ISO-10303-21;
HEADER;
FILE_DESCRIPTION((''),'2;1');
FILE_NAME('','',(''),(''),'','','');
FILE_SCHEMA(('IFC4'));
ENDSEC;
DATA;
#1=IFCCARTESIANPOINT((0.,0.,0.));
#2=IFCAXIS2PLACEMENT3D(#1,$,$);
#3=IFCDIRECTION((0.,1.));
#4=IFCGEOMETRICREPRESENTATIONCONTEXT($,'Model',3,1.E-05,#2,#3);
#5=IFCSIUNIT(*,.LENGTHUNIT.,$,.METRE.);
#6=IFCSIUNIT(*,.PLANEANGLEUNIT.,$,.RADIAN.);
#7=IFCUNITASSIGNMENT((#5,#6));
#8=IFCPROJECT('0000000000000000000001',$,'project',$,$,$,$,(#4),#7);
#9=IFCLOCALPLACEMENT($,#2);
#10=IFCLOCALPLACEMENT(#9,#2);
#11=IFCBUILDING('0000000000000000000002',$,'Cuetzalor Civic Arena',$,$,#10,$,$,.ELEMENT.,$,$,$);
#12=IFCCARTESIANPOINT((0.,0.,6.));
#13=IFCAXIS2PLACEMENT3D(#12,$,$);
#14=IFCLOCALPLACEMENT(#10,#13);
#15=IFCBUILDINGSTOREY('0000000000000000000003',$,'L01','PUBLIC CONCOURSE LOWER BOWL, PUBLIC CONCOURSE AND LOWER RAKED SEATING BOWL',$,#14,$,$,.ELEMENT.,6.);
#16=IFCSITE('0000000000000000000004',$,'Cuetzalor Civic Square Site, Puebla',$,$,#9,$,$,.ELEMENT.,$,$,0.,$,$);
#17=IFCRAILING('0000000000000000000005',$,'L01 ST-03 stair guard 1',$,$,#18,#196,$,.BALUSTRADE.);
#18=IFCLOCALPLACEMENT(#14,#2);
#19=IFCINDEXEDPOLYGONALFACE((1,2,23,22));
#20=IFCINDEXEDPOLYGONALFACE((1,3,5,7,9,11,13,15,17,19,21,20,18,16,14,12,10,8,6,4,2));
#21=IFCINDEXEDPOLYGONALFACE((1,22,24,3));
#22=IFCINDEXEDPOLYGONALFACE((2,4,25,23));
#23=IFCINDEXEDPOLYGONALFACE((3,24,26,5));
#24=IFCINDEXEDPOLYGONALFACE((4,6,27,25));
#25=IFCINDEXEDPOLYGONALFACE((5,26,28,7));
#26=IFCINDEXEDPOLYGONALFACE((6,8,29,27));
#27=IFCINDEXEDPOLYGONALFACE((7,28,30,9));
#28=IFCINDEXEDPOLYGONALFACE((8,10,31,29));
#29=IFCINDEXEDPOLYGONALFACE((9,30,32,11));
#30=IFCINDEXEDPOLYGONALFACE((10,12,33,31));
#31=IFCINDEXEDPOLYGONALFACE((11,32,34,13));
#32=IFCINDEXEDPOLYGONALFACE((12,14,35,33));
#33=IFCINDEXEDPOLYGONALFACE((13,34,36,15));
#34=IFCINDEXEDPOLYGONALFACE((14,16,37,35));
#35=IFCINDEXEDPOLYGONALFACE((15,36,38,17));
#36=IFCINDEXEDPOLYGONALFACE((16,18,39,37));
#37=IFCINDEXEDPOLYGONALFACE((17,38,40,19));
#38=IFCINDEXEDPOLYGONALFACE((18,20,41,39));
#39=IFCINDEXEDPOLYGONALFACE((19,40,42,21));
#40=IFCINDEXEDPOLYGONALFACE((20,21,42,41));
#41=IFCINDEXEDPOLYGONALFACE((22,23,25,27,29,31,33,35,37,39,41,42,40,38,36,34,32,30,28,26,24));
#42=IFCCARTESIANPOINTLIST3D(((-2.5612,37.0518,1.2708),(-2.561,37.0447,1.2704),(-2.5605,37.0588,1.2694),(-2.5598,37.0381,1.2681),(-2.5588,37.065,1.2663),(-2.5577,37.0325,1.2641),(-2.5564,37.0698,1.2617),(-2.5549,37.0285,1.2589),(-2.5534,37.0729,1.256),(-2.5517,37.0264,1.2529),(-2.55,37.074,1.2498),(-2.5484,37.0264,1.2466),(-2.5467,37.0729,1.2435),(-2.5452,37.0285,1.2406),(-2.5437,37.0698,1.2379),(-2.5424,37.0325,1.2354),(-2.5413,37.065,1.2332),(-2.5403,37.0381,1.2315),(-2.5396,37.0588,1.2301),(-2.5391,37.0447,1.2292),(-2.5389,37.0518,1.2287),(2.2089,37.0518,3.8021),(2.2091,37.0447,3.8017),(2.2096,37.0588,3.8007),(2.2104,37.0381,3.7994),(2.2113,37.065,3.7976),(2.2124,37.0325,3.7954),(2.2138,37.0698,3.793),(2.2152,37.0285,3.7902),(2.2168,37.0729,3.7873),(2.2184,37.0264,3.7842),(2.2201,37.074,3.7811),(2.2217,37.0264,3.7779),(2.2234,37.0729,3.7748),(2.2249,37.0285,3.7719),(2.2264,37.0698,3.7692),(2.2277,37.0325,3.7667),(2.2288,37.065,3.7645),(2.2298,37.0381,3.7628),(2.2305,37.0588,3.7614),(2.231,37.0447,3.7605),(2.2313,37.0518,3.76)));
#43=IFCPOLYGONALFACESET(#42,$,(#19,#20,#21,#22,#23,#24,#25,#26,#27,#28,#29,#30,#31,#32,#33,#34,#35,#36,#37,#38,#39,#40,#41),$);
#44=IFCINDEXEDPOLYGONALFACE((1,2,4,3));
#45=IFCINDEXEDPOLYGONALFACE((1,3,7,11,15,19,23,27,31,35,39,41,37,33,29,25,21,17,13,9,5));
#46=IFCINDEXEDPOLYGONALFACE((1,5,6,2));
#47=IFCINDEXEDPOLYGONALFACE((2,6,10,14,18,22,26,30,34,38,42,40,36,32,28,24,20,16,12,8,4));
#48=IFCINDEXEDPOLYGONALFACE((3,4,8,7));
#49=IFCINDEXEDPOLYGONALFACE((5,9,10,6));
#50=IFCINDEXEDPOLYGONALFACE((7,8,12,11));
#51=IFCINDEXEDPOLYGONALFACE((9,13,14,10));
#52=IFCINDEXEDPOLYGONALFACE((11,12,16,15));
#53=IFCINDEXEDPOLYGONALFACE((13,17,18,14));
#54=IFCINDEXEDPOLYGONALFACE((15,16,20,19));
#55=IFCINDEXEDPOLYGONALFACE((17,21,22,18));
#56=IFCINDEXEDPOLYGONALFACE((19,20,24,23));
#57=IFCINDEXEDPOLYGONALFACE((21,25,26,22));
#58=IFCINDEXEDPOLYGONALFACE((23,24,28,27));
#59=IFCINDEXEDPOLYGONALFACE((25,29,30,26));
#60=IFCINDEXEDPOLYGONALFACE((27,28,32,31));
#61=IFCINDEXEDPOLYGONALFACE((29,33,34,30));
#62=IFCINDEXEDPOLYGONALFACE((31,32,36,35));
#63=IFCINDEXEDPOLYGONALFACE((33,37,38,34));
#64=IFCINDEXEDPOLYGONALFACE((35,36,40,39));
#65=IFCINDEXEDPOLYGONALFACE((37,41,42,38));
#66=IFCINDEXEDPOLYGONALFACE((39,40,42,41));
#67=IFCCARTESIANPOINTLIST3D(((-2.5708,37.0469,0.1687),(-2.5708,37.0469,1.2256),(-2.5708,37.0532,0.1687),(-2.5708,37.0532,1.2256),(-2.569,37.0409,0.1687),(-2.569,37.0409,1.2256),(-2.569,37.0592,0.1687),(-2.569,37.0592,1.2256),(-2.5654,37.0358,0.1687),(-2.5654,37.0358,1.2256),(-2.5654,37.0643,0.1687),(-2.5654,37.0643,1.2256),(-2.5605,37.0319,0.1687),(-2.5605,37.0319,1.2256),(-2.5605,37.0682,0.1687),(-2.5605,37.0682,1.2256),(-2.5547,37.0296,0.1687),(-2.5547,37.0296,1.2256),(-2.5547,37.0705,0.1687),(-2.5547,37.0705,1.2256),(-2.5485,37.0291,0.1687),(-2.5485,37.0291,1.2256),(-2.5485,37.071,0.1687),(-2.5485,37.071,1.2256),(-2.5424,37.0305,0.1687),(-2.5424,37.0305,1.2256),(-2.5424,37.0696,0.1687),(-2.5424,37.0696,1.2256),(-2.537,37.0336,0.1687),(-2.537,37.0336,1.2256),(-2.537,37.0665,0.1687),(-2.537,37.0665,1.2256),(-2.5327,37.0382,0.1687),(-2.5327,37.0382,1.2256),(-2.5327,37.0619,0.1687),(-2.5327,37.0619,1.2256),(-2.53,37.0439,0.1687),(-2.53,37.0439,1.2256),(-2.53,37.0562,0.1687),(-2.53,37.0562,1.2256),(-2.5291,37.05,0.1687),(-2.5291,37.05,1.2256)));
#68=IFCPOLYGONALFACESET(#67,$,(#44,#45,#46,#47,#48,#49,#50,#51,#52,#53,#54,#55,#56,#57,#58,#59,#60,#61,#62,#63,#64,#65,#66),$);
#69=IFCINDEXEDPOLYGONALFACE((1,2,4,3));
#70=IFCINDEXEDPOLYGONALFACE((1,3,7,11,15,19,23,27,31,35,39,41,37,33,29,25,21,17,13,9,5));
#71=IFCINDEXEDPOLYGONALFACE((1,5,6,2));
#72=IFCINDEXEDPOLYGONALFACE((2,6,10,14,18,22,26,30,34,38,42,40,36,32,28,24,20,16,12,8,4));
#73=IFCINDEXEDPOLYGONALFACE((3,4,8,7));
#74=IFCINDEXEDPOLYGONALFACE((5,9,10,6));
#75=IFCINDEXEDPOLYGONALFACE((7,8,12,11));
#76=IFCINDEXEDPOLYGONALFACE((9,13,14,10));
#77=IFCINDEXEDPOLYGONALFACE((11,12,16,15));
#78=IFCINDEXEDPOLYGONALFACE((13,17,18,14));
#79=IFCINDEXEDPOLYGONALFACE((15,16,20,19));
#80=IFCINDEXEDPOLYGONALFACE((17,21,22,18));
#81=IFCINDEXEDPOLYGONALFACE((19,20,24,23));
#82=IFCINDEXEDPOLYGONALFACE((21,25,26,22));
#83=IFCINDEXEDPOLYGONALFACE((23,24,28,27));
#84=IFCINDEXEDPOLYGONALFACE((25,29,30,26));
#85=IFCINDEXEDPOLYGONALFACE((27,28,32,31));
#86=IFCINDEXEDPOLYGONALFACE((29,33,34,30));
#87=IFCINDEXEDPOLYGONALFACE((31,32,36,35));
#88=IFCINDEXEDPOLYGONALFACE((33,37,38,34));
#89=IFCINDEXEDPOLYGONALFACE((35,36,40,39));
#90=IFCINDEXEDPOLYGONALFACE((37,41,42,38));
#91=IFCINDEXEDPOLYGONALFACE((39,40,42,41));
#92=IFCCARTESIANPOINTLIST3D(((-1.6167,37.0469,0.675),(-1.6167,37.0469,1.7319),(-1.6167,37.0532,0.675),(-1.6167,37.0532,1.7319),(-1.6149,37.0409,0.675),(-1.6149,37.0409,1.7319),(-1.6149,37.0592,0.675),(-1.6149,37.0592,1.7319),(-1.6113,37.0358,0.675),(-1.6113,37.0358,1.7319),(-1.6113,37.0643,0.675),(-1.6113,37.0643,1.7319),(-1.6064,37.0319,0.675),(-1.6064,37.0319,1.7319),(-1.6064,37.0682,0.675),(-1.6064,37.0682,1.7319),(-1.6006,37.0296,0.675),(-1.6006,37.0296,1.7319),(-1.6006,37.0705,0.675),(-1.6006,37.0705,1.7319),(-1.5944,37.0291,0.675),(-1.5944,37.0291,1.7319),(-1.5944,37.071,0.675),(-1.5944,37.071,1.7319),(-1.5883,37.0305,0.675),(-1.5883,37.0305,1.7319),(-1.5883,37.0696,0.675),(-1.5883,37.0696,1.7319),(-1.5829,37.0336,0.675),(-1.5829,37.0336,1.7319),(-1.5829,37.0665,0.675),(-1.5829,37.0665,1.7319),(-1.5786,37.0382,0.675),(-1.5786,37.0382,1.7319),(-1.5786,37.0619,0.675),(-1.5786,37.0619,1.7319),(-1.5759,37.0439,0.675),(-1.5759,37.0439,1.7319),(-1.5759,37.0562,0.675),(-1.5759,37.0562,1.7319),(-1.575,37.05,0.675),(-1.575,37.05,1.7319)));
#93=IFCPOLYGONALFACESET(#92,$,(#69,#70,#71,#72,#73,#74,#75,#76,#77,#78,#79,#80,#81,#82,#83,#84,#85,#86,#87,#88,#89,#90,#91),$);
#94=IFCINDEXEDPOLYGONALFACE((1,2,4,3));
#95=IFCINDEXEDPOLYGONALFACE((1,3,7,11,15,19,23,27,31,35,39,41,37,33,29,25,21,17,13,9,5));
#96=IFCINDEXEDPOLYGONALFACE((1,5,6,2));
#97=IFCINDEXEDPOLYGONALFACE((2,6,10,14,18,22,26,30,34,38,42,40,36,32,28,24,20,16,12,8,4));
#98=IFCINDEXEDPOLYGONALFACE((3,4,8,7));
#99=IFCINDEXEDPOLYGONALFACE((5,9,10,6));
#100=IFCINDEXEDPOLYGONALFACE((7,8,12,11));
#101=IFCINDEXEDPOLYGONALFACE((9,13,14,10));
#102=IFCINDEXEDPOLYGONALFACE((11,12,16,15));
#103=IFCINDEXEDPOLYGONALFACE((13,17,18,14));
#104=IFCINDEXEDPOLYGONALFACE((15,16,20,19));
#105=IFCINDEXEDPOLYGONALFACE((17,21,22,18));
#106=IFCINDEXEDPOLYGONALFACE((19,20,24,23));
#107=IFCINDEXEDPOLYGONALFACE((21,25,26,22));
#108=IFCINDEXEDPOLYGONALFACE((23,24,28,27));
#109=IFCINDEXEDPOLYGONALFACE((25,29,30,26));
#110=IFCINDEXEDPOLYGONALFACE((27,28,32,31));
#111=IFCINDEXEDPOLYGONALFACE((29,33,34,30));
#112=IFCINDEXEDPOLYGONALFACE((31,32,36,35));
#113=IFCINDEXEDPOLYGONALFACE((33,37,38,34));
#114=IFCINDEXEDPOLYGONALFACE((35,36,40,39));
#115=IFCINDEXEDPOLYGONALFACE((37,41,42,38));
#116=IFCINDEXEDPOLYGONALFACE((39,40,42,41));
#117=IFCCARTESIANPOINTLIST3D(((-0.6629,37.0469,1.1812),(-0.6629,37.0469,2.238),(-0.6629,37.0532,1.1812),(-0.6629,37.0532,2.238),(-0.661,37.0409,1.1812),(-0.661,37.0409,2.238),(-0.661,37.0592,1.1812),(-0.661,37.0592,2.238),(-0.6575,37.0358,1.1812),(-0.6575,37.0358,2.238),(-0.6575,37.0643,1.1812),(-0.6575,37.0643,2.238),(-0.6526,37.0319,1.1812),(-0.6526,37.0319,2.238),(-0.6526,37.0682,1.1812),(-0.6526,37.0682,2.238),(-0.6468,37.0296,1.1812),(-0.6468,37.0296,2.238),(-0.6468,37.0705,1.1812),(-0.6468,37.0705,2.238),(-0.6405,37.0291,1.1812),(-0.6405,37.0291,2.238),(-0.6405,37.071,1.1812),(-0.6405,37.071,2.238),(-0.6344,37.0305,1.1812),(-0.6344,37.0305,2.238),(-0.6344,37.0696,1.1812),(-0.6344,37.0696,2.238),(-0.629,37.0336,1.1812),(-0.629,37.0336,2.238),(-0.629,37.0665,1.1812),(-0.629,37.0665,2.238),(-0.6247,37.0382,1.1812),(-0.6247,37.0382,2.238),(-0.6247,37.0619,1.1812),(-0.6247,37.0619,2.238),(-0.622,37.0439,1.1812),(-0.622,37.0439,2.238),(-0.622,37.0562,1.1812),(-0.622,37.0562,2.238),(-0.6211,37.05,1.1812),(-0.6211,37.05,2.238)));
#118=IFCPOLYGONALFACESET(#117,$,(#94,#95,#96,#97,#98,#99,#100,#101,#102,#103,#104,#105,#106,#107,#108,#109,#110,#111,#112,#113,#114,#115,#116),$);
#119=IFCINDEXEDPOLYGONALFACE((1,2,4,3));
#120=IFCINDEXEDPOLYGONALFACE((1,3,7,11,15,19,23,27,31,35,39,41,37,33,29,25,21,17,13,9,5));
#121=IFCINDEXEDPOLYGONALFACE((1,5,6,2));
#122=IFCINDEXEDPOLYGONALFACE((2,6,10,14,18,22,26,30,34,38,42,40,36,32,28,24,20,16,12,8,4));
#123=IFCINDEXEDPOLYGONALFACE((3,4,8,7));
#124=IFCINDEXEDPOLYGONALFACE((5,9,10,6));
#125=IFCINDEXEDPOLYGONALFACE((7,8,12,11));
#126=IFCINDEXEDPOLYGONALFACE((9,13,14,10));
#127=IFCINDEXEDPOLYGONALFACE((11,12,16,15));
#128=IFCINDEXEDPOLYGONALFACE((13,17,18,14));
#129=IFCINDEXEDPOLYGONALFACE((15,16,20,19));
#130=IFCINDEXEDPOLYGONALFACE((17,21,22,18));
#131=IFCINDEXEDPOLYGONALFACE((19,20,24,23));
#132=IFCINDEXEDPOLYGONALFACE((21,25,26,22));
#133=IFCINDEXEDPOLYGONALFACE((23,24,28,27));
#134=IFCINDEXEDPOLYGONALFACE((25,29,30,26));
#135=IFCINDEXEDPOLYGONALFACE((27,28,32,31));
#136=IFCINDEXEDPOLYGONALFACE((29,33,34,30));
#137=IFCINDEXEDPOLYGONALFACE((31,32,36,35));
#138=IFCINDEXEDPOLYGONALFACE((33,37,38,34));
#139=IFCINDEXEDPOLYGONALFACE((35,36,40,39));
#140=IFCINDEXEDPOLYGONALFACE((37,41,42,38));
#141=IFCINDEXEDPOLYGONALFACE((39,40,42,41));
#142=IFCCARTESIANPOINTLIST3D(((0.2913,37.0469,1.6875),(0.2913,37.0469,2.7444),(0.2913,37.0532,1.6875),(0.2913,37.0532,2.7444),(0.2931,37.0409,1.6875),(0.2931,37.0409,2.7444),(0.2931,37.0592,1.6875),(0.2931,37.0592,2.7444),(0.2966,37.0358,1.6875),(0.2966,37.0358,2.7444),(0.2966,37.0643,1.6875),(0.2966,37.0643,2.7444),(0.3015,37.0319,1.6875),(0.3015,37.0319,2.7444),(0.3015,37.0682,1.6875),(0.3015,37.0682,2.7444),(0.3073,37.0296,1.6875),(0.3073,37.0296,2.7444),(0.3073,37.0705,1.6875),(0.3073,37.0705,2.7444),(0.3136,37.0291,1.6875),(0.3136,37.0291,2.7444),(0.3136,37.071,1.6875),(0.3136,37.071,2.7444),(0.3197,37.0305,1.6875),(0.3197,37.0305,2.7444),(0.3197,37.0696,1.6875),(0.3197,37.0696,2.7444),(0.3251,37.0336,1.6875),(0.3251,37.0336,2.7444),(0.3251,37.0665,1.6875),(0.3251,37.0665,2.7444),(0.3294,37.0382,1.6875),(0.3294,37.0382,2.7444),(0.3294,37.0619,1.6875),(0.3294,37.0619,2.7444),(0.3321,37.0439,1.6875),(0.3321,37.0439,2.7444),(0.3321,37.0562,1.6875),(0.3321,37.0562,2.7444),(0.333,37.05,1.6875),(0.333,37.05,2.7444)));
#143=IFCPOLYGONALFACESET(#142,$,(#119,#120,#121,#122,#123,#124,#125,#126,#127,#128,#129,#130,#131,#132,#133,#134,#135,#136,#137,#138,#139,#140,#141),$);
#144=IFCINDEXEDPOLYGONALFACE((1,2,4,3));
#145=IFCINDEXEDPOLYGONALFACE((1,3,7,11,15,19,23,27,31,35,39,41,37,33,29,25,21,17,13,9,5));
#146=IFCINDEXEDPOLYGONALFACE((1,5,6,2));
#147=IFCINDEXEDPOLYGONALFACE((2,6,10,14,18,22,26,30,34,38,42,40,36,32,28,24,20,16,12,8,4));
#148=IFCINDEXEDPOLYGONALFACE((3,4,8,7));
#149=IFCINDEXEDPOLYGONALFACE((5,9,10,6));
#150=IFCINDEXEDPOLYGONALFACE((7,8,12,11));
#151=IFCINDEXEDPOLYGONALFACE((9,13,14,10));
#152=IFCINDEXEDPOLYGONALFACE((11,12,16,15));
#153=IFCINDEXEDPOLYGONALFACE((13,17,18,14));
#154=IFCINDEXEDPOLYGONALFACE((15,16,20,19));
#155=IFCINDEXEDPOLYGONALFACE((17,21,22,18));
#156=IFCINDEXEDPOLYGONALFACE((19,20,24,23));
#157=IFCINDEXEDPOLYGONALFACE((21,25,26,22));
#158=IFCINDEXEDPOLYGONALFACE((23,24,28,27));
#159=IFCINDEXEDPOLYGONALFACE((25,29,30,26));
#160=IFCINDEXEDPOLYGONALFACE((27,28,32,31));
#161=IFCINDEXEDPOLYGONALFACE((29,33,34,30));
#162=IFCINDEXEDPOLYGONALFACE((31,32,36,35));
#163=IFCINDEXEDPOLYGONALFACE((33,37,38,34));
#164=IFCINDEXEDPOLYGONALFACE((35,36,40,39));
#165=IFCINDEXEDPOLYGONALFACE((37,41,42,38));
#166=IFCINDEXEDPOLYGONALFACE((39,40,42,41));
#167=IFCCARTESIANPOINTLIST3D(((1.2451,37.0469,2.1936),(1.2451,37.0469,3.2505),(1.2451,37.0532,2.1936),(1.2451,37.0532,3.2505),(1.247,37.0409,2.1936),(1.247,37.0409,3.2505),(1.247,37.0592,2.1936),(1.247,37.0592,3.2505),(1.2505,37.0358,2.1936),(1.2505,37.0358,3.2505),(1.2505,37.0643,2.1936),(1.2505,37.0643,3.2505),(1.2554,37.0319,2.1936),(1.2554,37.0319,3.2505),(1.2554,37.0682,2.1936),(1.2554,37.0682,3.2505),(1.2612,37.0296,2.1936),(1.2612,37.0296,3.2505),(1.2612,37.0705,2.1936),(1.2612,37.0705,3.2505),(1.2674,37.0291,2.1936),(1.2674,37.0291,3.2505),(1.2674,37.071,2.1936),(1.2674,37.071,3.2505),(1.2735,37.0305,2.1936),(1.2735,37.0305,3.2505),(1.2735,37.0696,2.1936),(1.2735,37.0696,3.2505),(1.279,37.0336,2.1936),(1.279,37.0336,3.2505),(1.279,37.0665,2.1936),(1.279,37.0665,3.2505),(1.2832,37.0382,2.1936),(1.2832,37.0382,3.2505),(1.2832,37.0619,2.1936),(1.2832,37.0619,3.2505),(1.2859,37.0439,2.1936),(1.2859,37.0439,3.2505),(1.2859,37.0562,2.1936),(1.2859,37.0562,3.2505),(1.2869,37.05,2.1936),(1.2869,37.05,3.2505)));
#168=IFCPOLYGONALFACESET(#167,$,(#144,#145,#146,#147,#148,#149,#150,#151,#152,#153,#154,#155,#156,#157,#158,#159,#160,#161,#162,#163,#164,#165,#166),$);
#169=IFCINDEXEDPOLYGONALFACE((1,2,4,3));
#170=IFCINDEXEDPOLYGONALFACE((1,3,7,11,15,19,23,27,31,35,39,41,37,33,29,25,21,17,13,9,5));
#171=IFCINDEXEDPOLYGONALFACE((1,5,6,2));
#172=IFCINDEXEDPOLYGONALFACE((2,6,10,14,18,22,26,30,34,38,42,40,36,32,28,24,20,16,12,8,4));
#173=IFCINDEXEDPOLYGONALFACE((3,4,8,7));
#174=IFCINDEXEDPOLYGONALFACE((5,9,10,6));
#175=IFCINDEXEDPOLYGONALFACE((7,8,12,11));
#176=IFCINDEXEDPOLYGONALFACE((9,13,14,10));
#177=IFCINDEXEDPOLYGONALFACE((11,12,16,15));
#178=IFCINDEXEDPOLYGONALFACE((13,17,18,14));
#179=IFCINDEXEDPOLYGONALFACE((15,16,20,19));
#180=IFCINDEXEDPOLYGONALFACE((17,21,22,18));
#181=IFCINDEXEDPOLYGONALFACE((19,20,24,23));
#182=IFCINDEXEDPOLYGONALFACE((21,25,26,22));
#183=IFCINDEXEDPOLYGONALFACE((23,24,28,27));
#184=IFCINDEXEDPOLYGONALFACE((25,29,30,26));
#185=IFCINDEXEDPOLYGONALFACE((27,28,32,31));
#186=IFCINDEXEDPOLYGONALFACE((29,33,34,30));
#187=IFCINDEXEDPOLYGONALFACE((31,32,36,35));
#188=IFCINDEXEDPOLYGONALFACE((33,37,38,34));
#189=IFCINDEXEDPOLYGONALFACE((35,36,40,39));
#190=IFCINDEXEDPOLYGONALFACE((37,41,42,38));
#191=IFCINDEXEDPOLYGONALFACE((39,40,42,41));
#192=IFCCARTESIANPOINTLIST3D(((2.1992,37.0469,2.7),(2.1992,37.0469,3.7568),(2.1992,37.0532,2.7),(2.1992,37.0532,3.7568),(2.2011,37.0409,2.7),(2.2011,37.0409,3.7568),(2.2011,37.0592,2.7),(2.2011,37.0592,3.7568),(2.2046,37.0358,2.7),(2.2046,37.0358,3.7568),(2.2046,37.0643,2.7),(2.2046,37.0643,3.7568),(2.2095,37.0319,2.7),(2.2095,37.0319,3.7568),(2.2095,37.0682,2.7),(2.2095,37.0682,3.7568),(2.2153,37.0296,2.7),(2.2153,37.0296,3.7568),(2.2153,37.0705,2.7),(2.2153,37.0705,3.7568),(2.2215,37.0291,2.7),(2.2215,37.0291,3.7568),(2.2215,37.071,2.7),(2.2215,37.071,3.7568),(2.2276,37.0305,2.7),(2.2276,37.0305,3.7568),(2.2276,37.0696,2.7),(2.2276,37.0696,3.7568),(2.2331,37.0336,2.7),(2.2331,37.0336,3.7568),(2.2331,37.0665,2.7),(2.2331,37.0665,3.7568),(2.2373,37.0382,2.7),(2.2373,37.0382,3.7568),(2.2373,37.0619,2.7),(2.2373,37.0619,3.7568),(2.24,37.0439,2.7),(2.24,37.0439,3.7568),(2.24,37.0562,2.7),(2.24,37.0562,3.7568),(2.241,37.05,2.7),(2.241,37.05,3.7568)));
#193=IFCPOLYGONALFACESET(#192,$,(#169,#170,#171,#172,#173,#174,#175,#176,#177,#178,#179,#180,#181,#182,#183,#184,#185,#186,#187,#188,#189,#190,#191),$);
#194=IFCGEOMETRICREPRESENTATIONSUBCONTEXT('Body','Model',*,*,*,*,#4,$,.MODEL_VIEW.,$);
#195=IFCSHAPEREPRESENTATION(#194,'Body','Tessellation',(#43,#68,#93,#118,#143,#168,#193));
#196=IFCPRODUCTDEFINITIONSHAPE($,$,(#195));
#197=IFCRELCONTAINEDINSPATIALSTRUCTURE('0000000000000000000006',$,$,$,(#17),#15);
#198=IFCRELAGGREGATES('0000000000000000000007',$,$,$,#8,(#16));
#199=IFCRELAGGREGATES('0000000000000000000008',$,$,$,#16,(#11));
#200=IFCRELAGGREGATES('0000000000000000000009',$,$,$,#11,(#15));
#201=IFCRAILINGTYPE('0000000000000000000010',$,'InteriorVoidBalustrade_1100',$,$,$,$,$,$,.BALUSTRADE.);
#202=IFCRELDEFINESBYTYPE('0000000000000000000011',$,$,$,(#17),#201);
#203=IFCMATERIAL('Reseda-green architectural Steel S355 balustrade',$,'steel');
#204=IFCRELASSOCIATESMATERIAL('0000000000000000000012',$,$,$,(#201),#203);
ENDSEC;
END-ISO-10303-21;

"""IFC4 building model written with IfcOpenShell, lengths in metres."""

from ifc_helpers import new_model, si_unit, direction, frame, origin, origin_2d, place, context, subcontext, project, spatial, circle, extrude, material, type_object, element, save


model = new_model("IFC4")

# Units and contexts
model_context = context("Model", 3, precision=1e-05, world=origin(), true_north=direction((0.0, 1.0)))
body_context = subcontext(model_context, "Body", "Model", "MODEL_VIEW")
ifc_project = project(units=[si_unit("LENGTHUNIT", "METRE"), si_unit("PLANEANGLEUNIT", "RADIAN")], contexts=[model_context])

# Site, building, storey
site_placement = place(None, origin())
site = spatial("IfcSite", under=ifc_project, at=site_placement, Name="Cuetzalor Civic Square Site, Puebla", CompositionType="ELEMENT", RefElevation=0.0)
building_placement = place(site_placement, origin())
building = spatial("IfcBuilding", under=site, at=building_placement, Name="Cuetzalor Civic Arena", CompositionType="ELEMENT")
storey_placement = place(building_placement, frame((0.0, 0.0, 6.0)))
storey = spatial("IfcBuildingStorey", under=building, at=storey_placement, Name="L01", Description="PUBLIC CONCOURSE LOWER BOWL, PUBLIC CONCOURSE AND LOWER RAKED SEATING BOWL", CompositionType="ELEMENT", Elevation=6.0)

# Railing
ifc_material_1 = material(Name="Reseda-green architectural Steel S355 balustrade", Category="steel")
railing_type_1 = type_object("IfcRailingType", Name="InteriorVoidBalustrade_1100", PredefinedType="BALUSTRADE", material=ifc_material_1)
railing_1_placement = place(storey_placement, frame((-2.55, 37.05, 0.1687)))
element("IfcRailing", 1, at=railing_1_placement, inside=storey, type_object=railing_type_1, Name="L01 ST-03 stair guard 1", PredefinedType="BALUSTRADE", context=body_context, shape_type="SweptSolid", body=[
    extrude(circle(Radius=0.0239, at=origin_2d()), frame((0.0, 0.0, 1.0811), z_axis=(0.883332, 0.0, 0.468747), x_axis=(0.0, 1.0, 0.0)), (0.0, 0.0, 1.0), 5.4001),
    extrude(circle(Radius=0.021, at=origin_2d()), origin(), (0.0, 0.0, 1.0), 1.0569),
    extrude(circle(Radius=0.021, at=origin_2d()), frame((0.9541, 0.0, 0.5063)), (0.0, 0.0, 1.0), 1.0569),
    extrude(circle(Radius=0.021, at=origin_2d()), frame((1.908, 0.0, 1.0125)), (0.0, 0.0, 1.0), 1.0569),
    extrude(circle(Radius=0.021, at=origin_2d()), frame((2.8621, 0.0, 1.5188)), (0.0, 0.0, 1.0), 1.0569),
    extrude(circle(Radius=0.021, at=origin_2d()), frame((3.8159, 0.0, 2.0249)), (0.0, 0.0, 1.0), 1.0569),
    extrude(circle(Radius=0.021, at=origin_2d()), frame((4.77, 0.0, 2.5312)), (0.0, 0.0, 1.0), 1.0569),
])

save(model, "model.ifc")
